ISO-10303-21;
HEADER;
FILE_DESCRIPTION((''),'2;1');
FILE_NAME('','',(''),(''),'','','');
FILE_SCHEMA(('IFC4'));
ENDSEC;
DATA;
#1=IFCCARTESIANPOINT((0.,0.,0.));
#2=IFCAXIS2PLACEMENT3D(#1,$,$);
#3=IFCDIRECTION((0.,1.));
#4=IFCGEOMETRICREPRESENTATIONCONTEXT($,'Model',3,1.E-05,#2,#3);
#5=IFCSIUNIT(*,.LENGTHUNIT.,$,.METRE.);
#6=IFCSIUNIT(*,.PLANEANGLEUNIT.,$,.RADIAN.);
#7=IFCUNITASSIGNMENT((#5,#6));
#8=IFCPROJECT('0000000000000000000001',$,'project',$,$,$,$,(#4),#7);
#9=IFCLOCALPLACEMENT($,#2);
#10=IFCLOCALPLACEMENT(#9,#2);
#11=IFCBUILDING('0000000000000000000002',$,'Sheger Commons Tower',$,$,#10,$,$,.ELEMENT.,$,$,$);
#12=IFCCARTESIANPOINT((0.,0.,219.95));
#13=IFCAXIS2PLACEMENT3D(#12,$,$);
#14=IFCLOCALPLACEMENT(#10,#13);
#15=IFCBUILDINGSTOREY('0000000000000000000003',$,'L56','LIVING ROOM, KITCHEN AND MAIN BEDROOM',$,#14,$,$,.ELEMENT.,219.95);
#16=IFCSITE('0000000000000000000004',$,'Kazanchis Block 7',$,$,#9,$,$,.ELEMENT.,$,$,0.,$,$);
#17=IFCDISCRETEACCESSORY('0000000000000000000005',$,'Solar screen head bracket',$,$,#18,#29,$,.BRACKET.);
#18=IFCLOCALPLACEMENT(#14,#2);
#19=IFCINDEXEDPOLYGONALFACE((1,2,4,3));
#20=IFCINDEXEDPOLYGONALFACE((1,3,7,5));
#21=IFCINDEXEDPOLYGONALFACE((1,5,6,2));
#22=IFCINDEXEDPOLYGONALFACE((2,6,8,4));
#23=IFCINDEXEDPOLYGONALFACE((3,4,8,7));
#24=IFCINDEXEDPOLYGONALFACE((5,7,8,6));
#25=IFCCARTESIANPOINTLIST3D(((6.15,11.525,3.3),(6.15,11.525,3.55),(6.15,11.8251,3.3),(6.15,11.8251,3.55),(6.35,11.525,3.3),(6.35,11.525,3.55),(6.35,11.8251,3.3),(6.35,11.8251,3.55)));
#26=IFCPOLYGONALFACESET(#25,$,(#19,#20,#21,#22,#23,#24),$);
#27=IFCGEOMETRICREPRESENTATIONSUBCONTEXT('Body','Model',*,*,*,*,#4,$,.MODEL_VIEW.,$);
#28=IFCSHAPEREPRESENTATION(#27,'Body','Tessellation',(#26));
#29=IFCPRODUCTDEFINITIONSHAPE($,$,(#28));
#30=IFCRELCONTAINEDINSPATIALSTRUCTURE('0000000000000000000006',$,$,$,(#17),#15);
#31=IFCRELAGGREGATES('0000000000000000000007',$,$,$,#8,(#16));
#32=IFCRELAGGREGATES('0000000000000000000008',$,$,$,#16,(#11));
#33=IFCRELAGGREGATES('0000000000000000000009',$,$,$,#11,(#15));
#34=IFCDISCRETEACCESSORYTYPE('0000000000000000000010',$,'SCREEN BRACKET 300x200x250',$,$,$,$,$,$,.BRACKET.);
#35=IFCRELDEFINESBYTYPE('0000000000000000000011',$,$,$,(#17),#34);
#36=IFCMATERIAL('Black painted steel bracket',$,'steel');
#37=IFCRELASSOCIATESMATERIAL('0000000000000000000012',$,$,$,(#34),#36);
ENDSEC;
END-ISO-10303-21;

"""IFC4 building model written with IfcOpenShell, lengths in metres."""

from ifc_helpers import new_model, si_unit, direction, frame, origin, origin_2d, place, context, subcontext, project, spatial, rectangle, extrude, material, type_object, element, save


model = new_model("IFC4")

# Units and contexts
model_context = context("Model", 3, precision=1e-05, world=origin(), true_north=direction((0.0, 1.0)))
body_context = subcontext(model_context, "Body", "Model", "MODEL_VIEW")
ifc_project = project(units=[si_unit("LENGTHUNIT", "METRE"), si_unit("PLANEANGLEUNIT", "RADIAN")], contexts=[model_context])

# Site, building, storey
site_placement = place(None, origin())
site = spatial("IfcSite", under=ifc_project, at=site_placement, Name="Kazanchis Block 7", CompositionType="ELEMENT", RefElevation=0.0)
building_placement = place(site_placement, origin())
building = spatial("IfcBuilding", under=site, at=building_placement, Name="Sheger Commons Tower", CompositionType="ELEMENT")
storey_placement = place(building_placement, frame((0.0, 0.0, 219.95)))
storey = spatial("IfcBuildingStorey", under=building, at=storey_placement, Name="L56", Description="LIVING ROOM, KITCHEN AND MAIN BEDROOM", CompositionType="ELEMENT", Elevation=219.95)

# Discrete accessory
ifc_material_1 = material(Name="Black painted steel bracket", Category="steel")
discrete_accessory_type = type_object("IfcDiscreteAccessoryType", Name="SCREEN BRACKET 300x200x250", PredefinedType="BRACKET", material=ifc_material_1)
for number, where, z_axis, x_axis, name in (
    (1, (6.25, 11.675, 3.3), (0.0, 0.0, 1.0), (0.0, -1.0, 0.0), "Solar screen head bracket"),
):
    element("IfcDiscreteAccessory", number, at=place(storey_placement, frame(where, z_axis=z_axis, x_axis=x_axis)), inside=storey, type_object=discrete_accessory_type, Name=name, PredefinedType="BRACKET", context=body_context, shape_type="SweptSolid", body=[
        extrude(rectangle(XDim=0.3, YDim=0.2, at=origin_2d()), origin(), (0.0, 0.0, 1.0), 0.25),
    ])

save(model, "model.ifc")
